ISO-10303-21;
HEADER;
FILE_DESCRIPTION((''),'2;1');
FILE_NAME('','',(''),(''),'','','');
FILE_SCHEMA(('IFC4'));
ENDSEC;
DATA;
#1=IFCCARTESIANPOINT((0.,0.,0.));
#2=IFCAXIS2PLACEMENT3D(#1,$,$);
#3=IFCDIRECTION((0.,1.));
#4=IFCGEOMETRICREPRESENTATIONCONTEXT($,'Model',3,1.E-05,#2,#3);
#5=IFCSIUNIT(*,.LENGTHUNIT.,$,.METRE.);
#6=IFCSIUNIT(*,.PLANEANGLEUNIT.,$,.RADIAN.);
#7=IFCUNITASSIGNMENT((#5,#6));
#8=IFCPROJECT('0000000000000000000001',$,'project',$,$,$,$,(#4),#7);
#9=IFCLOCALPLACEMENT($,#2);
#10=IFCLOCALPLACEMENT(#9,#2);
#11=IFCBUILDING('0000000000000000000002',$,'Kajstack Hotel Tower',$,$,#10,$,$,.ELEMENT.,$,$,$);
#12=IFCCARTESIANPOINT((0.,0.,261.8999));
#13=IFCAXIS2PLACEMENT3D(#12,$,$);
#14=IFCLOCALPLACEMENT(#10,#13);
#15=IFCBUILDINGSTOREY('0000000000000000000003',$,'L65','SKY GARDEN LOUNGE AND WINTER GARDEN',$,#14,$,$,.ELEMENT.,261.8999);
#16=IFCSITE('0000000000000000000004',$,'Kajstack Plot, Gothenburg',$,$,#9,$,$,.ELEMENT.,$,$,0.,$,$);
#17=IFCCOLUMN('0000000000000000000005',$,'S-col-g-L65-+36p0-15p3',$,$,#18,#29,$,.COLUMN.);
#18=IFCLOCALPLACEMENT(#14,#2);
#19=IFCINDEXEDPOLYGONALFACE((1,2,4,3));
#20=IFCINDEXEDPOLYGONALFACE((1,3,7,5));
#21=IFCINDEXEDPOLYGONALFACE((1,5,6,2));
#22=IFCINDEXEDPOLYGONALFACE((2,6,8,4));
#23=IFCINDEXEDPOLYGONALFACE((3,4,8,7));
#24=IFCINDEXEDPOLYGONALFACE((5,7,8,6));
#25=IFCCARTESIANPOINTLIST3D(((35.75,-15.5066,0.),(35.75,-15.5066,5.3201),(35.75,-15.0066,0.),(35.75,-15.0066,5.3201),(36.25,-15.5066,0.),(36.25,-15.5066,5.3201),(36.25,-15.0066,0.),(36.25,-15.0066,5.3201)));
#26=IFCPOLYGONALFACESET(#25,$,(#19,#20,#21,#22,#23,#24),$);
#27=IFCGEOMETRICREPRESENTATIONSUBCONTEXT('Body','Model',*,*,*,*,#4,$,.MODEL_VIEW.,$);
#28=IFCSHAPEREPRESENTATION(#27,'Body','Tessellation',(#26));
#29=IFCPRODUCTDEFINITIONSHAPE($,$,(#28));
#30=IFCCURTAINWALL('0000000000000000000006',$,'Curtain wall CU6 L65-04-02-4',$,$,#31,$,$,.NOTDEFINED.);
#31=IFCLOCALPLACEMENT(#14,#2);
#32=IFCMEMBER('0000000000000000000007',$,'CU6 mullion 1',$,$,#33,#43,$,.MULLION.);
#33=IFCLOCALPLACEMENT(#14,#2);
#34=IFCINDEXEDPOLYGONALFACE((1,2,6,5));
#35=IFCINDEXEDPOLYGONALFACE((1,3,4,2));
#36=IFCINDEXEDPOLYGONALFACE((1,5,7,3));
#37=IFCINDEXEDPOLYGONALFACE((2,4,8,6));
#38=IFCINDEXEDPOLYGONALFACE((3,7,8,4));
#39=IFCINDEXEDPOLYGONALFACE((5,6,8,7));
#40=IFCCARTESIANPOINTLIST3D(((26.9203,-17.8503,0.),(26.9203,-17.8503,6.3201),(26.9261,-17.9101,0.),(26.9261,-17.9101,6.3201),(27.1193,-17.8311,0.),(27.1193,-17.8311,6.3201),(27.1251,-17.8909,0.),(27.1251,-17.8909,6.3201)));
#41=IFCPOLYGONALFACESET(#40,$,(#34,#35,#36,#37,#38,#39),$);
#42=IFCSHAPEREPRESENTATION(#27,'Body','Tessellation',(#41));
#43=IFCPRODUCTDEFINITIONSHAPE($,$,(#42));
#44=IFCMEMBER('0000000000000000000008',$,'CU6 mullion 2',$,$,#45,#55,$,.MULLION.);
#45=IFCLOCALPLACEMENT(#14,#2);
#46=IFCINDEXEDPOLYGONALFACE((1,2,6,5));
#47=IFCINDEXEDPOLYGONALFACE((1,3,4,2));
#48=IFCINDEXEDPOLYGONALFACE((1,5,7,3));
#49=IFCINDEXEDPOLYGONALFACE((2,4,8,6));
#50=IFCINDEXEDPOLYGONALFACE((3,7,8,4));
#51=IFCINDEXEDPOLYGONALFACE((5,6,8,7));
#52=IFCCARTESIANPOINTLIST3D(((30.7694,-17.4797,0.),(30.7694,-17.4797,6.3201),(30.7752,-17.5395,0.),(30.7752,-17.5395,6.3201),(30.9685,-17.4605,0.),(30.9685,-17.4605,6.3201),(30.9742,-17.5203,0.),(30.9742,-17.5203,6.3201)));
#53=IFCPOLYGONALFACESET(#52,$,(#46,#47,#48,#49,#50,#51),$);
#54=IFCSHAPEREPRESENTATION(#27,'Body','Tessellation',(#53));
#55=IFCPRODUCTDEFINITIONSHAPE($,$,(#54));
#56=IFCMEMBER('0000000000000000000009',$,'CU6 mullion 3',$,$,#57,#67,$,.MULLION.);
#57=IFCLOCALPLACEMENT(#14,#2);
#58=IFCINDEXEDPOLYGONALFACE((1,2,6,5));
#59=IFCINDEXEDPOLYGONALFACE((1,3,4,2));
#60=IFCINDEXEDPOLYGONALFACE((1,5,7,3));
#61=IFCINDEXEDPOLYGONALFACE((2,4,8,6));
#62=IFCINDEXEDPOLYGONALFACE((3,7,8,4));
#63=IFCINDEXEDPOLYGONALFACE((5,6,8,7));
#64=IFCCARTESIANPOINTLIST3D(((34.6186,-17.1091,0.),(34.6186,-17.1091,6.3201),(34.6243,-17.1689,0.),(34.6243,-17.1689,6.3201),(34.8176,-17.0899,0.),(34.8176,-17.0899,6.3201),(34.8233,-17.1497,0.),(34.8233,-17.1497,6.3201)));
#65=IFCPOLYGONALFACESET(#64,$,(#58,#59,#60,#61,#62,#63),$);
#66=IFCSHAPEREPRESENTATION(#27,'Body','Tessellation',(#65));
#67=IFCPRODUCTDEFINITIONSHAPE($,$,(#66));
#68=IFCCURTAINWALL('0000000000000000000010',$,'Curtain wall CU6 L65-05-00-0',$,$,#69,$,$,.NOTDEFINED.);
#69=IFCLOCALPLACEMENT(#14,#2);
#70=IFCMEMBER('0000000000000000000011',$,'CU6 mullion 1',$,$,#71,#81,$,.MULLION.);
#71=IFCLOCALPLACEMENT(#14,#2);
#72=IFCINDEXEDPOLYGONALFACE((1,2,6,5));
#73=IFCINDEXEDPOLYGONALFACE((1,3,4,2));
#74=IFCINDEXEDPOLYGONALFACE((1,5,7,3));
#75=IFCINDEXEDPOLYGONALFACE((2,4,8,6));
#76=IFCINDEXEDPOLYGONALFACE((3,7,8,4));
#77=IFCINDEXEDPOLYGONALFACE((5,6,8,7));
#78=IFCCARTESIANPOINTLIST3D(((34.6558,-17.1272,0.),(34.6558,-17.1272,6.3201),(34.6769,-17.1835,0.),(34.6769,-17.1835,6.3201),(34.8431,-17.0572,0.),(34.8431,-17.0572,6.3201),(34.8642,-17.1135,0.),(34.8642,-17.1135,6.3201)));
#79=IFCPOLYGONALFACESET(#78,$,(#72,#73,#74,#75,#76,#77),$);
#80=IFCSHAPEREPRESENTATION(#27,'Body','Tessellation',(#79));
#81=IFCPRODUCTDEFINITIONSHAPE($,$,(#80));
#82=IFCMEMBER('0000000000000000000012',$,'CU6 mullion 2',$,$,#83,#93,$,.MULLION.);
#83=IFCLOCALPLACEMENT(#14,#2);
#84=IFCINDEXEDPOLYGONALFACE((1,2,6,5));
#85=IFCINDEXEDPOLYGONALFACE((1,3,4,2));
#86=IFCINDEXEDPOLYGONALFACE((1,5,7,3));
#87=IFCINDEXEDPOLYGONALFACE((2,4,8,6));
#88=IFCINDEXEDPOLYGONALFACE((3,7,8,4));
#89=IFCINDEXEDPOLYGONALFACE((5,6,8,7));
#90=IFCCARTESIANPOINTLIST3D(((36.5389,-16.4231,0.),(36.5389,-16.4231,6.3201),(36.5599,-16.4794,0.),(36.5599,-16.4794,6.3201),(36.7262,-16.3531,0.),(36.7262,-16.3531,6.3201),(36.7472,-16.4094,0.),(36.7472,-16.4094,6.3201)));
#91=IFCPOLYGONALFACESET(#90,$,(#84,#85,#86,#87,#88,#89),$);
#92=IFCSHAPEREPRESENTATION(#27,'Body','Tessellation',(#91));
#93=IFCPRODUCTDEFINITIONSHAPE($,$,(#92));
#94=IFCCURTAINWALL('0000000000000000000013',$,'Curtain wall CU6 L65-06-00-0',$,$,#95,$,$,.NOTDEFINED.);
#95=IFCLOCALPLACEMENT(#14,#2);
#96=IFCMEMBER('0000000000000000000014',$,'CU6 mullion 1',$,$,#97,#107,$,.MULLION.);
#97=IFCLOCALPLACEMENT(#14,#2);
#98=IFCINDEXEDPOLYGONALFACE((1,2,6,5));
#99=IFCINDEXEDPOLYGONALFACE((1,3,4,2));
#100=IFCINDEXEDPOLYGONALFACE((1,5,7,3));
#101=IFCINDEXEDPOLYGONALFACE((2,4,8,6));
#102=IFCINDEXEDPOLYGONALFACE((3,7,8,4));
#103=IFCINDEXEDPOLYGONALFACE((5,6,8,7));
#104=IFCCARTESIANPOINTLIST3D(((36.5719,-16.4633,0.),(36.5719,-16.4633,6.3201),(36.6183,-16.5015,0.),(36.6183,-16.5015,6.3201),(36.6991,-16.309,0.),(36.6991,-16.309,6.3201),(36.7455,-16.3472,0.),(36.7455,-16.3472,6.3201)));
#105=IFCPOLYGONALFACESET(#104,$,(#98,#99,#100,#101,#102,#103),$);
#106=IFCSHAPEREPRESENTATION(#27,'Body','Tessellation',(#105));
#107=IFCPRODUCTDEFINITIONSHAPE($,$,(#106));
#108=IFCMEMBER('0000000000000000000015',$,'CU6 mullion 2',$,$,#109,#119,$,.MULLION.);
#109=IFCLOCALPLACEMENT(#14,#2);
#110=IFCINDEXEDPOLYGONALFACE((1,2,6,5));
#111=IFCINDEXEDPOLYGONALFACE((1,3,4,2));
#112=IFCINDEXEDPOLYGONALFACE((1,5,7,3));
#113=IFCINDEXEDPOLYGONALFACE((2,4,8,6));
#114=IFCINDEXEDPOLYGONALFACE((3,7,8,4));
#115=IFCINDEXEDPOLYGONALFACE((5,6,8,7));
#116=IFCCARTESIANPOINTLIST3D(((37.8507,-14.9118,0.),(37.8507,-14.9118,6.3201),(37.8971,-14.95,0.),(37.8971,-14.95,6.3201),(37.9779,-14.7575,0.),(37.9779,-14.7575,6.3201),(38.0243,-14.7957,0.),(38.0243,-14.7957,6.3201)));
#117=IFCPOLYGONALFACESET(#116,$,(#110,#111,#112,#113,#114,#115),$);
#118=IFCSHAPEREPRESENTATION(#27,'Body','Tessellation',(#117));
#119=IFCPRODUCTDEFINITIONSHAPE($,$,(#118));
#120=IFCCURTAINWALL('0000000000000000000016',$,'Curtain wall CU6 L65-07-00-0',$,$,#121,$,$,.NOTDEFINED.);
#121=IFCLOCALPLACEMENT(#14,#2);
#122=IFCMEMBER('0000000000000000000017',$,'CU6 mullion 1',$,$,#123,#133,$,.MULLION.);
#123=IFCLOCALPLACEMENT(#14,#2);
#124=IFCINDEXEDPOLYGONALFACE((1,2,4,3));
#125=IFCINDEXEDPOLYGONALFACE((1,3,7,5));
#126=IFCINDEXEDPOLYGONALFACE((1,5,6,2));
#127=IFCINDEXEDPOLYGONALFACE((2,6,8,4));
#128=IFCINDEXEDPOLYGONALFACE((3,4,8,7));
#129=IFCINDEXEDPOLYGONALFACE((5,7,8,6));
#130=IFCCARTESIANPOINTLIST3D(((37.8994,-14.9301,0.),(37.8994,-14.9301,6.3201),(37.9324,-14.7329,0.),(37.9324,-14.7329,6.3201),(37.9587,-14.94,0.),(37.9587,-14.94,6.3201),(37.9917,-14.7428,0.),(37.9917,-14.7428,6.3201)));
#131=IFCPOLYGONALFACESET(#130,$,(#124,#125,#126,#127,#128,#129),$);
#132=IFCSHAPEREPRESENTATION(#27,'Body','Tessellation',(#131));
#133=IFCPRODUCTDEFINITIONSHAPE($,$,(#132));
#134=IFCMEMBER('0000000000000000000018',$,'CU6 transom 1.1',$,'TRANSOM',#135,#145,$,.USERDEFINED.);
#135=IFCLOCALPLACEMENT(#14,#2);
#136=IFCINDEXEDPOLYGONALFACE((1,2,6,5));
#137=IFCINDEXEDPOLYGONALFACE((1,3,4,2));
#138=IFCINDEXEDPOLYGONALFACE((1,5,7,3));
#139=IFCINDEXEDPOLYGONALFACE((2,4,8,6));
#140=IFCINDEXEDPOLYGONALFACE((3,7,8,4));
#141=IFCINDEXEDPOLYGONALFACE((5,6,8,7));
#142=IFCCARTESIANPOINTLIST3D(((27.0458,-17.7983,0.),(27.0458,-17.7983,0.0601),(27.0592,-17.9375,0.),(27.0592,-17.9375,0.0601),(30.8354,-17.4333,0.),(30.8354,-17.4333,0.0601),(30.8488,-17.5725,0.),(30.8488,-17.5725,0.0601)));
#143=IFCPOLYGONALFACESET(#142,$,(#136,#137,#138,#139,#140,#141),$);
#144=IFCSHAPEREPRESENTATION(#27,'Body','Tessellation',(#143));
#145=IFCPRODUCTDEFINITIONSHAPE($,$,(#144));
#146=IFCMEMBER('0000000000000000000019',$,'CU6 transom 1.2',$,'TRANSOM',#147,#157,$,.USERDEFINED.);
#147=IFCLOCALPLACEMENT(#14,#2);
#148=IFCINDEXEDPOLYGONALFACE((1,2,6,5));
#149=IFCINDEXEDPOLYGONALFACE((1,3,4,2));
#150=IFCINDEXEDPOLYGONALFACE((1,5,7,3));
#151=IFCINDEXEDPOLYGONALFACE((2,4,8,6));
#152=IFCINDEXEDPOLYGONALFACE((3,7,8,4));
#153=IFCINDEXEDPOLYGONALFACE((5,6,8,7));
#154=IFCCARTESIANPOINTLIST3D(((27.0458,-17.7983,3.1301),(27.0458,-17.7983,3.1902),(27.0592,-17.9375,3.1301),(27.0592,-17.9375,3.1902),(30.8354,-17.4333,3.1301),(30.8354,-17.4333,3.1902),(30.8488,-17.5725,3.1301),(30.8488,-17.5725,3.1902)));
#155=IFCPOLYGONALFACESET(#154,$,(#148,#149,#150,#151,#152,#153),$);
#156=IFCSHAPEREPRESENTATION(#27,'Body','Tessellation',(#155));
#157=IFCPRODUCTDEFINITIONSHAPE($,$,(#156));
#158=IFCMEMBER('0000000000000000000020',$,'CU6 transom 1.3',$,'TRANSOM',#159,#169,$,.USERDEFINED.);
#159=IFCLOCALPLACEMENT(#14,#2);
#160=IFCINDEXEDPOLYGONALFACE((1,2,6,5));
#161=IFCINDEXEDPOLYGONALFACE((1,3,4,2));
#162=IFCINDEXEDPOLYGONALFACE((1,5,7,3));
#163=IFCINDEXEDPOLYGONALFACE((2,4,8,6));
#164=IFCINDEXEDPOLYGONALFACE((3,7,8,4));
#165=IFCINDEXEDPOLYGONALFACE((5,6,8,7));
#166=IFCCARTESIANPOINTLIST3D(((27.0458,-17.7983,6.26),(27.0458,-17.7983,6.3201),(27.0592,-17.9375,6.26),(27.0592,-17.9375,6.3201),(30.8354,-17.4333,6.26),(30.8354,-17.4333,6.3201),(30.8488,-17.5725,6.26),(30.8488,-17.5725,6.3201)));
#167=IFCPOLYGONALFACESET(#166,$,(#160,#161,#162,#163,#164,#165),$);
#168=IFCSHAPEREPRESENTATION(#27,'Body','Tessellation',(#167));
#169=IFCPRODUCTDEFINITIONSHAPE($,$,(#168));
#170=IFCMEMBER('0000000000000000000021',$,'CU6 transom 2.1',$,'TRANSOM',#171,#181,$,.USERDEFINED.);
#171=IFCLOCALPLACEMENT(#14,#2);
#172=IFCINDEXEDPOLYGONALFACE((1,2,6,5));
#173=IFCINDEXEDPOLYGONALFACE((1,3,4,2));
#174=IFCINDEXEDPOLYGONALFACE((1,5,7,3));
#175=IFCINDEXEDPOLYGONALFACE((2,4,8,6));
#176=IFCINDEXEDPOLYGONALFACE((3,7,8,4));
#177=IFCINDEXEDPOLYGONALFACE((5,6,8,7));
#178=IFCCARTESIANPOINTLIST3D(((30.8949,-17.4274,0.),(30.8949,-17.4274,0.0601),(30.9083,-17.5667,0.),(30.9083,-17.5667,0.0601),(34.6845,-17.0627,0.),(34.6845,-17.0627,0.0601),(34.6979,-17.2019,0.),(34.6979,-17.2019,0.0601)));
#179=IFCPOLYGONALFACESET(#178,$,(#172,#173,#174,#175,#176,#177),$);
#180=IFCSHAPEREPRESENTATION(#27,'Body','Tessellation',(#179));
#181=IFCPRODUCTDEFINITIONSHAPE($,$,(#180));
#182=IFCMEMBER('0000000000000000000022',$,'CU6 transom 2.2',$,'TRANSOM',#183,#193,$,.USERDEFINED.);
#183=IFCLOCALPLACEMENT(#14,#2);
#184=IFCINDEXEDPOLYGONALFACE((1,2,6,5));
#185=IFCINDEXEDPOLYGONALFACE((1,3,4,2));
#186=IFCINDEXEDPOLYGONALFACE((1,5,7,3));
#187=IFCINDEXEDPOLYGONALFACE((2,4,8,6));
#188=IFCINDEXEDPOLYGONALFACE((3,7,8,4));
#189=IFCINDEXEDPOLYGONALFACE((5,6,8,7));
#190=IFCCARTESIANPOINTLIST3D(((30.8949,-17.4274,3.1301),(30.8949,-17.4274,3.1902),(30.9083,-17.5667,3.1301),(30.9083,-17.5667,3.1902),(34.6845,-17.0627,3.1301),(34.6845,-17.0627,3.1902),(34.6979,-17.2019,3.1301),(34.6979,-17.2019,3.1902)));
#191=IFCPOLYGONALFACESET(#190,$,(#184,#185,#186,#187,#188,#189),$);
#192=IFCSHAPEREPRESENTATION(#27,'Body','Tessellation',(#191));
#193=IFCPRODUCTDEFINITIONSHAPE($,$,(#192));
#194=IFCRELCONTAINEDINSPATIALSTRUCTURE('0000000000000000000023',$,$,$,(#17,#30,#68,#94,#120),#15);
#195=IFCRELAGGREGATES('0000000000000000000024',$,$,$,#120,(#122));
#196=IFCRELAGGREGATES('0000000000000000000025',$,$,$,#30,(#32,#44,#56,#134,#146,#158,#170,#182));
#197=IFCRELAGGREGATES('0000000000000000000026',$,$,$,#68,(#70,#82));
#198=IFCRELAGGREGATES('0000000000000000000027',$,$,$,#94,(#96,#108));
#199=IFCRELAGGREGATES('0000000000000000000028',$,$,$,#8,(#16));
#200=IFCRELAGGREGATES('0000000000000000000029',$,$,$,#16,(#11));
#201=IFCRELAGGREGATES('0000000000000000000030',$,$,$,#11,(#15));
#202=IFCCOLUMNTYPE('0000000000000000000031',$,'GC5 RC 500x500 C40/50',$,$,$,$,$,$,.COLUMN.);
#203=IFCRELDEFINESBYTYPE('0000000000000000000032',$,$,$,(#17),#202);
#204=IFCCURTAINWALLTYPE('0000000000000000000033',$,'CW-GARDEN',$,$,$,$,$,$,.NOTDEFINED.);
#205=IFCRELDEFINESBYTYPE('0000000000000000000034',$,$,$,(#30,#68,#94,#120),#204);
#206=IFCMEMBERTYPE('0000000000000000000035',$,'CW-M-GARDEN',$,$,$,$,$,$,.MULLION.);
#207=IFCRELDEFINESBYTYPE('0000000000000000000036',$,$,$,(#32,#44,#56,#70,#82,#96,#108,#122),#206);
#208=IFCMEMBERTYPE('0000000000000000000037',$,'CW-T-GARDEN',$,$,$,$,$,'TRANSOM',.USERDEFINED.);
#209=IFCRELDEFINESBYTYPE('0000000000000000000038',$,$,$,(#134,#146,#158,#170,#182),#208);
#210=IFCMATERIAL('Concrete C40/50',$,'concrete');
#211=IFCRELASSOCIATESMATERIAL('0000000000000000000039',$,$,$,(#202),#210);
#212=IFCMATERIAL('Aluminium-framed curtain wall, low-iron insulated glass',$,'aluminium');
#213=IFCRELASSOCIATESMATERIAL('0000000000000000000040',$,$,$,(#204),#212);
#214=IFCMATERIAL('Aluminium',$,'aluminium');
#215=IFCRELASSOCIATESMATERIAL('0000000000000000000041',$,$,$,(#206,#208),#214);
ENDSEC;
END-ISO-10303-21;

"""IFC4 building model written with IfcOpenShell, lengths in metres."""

from ifc_helpers import new_model, si_unit, direction, frame, origin, origin_2d, place, context, subcontext, project, spatial, rectangle, extrude, material, material_profile, profile_set, type_object, element, aggregate, save


model = new_model("IFC4")

# Units and contexts
model_context = context("Model", 3, precision=1e-05, world=origin(), true_north=direction((0.0, 1.0)))
body_context = subcontext(model_context, "Body", "Model", "MODEL_VIEW")
ifc_project = project(units=[si_unit("LENGTHUNIT", "METRE"), si_unit("PLANEANGLEUNIT", "RADIAN")], contexts=[model_context])

# Site, building, storey
site_placement = place(None, origin())
site = spatial("IfcSite", under=ifc_project, at=site_placement, Name="Kajstack Plot, Gothenburg", CompositionType="ELEMENT", RefElevation=0.0)
building_placement = place(site_placement, origin())
building = spatial("IfcBuilding", under=site, at=building_placement, Name="Kajstack Hotel Tower", CompositionType="ELEMENT")
storey_placement = place(building_placement, frame((0.0, 0.0, 261.8999)))
storey = spatial("IfcBuildingStorey", under=building, at=storey_placement, Name="L65", Description="SKY GARDEN LOUNGE AND WINTER GARDEN", CompositionType="ELEMENT", Elevation=261.8999)

# Column
ifc_material_1 = material(Name="Concrete C40/50", Category="concrete")
ifc_material_profile_1 = material_profile(ifc_material_1, rectangle(XDim=0.5, YDim=0.5, at=origin_2d()), Name="RC 500x500")
ifc_profile_set_1 = profile_set([ifc_material_profile_1], Name="Concrete C40/50")
column_type = type_object("IfcColumnType", Name="GC5 RC 500x500 C40/50", PredefinedType="COLUMN", material=ifc_profile_set_1)
column_placement = place(storey_placement, frame((36.0, -15.2566, 0.0), z_axis=(0.0, 0.0, 1.0), x_axis=(1.0, 0.0, 0.0)))
element("IfcColumn", 1, at=column_placement, inside=storey, type_object=column_type, Name="S-col-g-L65-+36p0-15p3", PredefinedType="COLUMN", context=body_context, shape_type="SweptSolid", body=[
    extrude(rectangle(XDim=0.5, YDim=0.5, at=origin_2d()), origin(), (0.0, 0.0, 1.0), 5.3201),
])

# Curtain walls, members
ifc_material_2 = material(Name="Aluminium-framed curtain wall, low-iron insulated glass", Category="aluminium")
curtain_wall_type = type_object("IfcCurtainWallType", Name="CW-GARDEN", PredefinedType="NOTDEFINED", material=ifc_material_2)
curtain_wall_1_placement = place(storey_placement, origin())
curtain_wall_1 = element("IfcCurtainWall", 2, at=curtain_wall_1_placement, inside=storey, type_object=curtain_wall_type, Name="Curtain wall CU6 L65-04-02-4", PredefinedType="NOTDEFINED")
ifc_material_3 = material(Name="Aluminium", Category="aluminium")
ifc_material_profile_2 = material_profile(ifc_material_3, rectangle(XDim=0.0601, YDim=0.2, at=origin_2d()), Name="Aluminium mullion 60 x 200")
ifc_profile_set_2 = profile_set([ifc_material_profile_2], Name="Aluminium")
member_type_1 = type_object("IfcMemberType", Name="CW-M-GARDEN", PredefinedType="MULLION", material=ifc_profile_set_2)
member_1_placement = place(storey_placement, frame((27.0227, -17.8706, 0.0), z_axis=(0.0, 0.0, 1.0), x_axis=(-0.095846, 0.995396, 0.0)))
member_1 = element("IfcMember", 3, at=member_1_placement, type_object=member_type_1, Name="CU6 mullion 1", PredefinedType="MULLION", context=body_context, shape_type="SweptSolid", body=[
    extrude(rectangle(XDim=0.0601, YDim=0.2, at=origin_2d()), origin(), (0.0, 0.0, 1.0), 6.3201),
])
member_2_placement = place(storey_placement, frame((30.8718, -17.5, 0.0), z_axis=(0.0, 0.0, 1.0), x_axis=(-0.095846, 0.995396, 0.0)))
member_2 = element("IfcMember", 4, at=member_2_placement, type_object=member_type_1, Name="CU6 mullion 2", PredefinedType="MULLION", context=body_context, shape_type="SweptSolid", body=[
    extrude(rectangle(XDim=0.0601, YDim=0.2, at=origin_2d()), origin(), (0.0, 0.0, 1.0), 6.3201),
])
member_3_placement = place(storey_placement, frame((34.7209, -17.1294, 0.0), z_axis=(0.0, 0.0, 1.0), x_axis=(-0.095846, 0.995396, 0.0)))
member_3 = element("IfcMember", 5, at=member_3_placement, type_object=member_type_1, Name="CU6 mullion 3", PredefinedType="MULLION", context=body_context, shape_type="SweptSolid", body=[
    extrude(rectangle(XDim=0.0601, YDim=0.2, at=origin_2d()), origin(), (0.0, 0.0, 1.0), 6.3201),
])
curtain_wall_2_placement = place(storey_placement, origin())
curtain_wall_2 = element("IfcCurtainWall", 6, at=curtain_wall_2_placement, inside=storey, type_object=curtain_wall_type, Name="Curtain wall CU6 L65-05-00-0", PredefinedType="NOTDEFINED")
member_4_placement = place(storey_placement, frame((34.76, -17.1204, 0.0), z_axis=(0.0, 0.0, 1.0), x_axis=(-0.350202, 0.936674, 0.0)))
member_4 = element("IfcMember", 7, at=member_4_placement, type_object=member_type_1, Name="CU6 mullion 1", PredefinedType="MULLION", context=body_context, shape_type="SweptSolid", body=[
    extrude(rectangle(XDim=0.0601, YDim=0.2, at=origin_2d()), origin(), (0.0, 0.0, 1.0), 6.3201),
])
member_5_placement = place(storey_placement, frame((36.6431, -16.4163, 0.0), z_axis=(0.0, 0.0, 1.0), x_axis=(-0.350202, 0.936674, 0.0)))
member_5 = element("IfcMember", 8, at=member_5_placement, type_object=member_type_1, Name="CU6 mullion 2", PredefinedType="MULLION", context=body_context, shape_type="SweptSolid", body=[
    extrude(rectangle(XDim=0.0601, YDim=0.2, at=origin_2d()), origin(), (0.0, 0.0, 1.0), 6.3201),
])
curtain_wall_3_placement = place(storey_placement, origin())
curtain_wall_3 = element("IfcCurtainWall", 9, at=curtain_wall_3_placement, inside=storey, type_object=curtain_wall_type, Name="Curtain wall CU6 L65-06-00-0", PredefinedType="NOTDEFINED")
member_6_placement = place(storey_placement, frame((36.6587, -16.4053, 0.0), z_axis=(0.0, 0.0, 1.0), x_axis=(-0.771635, 0.636066, 0.0)))
member_6 = element("IfcMember", 10, at=member_6_placement, type_object=member_type_1, Name="CU6 mullion 1", PredefinedType="MULLION", context=body_context, shape_type="SweptSolid", body=[
    extrude(rectangle(XDim=0.0601, YDim=0.2, at=origin_2d()), origin(), (0.0, 0.0, 1.0), 6.3201),
])
member_7_placement = place(storey_placement, frame((37.9375, -14.8538, 0.0), z_axis=(0.0, 0.0, 1.0), x_axis=(-0.771635, 0.636066, 0.0)))
member_7 = element("IfcMember", 11, at=member_7_placement, type_object=member_type_1, Name="CU6 mullion 2", PredefinedType="MULLION", context=body_context, shape_type="SweptSolid", body=[
    extrude(rectangle(XDim=0.0601, YDim=0.2, at=origin_2d()), origin(), (0.0, 0.0, 1.0), 6.3201),
])

# Curtain wall, member
curtain_wall_4_placement = place(storey_placement, origin())
curtain_wall_4 = element("IfcCurtainWall", 12, at=curtain_wall_4_placement, inside=storey, type_object=curtain_wall_type, Name="Curtain wall CU6 L65-07-00-0", PredefinedType="NOTDEFINED")
member_8_placement = place(storey_placement, frame((37.9456, -14.8364, 0.0), z_axis=(0.0, 0.0, 1.0), x_axis=(-0.98628, 0.16508, 0.0)))
member_8 = element("IfcMember", 13, at=member_8_placement, type_object=member_type_1, Name="CU6 mullion 1", PredefinedType="MULLION", context=body_context, shape_type="SweptSolid", body=[
    extrude(rectangle(XDim=0.0601, YDim=0.2, at=origin_2d()), origin(), (0.0, 0.0, 1.0), 6.3201),
])

# Members
ifc_material_profile_3 = material_profile(ifc_material_3, rectangle(XDim=0.1399, YDim=0.0601, at=origin_2d()), Name="Aluminium transom 140 x 60")
ifc_profile_set_3 = profile_set([ifc_material_profile_3], Name="Aluminium")
member_type_2 = type_object("IfcMemberType", Name="CW-T-GARDEN", ElementType="TRANSOM", PredefinedType="USERDEFINED", material=ifc_profile_set_3)
member_9_placement = place(storey_placement, frame((27.0525, -17.8679, 0.03), z_axis=(0.995394, 0.095871, 0.0), x_axis=(-0.095871, 0.995394, 0.0)))
member_9 = element("IfcMember", 14, at=member_9_placement, type_object=member_type_2, Name="CU6 transom 1.1", ObjectType="TRANSOM", PredefinedType="USERDEFINED", context=body_context, shape_type="SweptSolid", body=[
    extrude(rectangle(XDim=0.1399, YDim=0.0601, at=origin_2d()), origin(), (0.0, 0.0, 1.0), 3.8071),
])
member_10_placement = place(storey_placement, frame((27.0525, -17.8679, 3.1602), z_axis=(0.995394, 0.095871, 0.0), x_axis=(-0.095871, 0.995394, 0.0)))
member_10 = element("IfcMember", 15, at=member_10_placement, type_object=member_type_2, Name="CU6 transom 1.2", ObjectType="TRANSOM", PredefinedType="USERDEFINED", context=body_context, shape_type="SweptSolid", body=[
    extrude(rectangle(XDim=0.1399, YDim=0.0601, at=origin_2d()), origin(), (0.0, 0.0, 1.0), 3.8071),
])
member_11_placement = place(storey_placement, frame((27.0525, -17.8679, 6.29), z_axis=(0.995394, 0.095871, 0.0), x_axis=(-0.095871, 0.995394, 0.0)))
member_11 = element("IfcMember", 16, at=member_11_placement, type_object=member_type_2, Name="CU6 transom 1.3", ObjectType="TRANSOM", PredefinedType="USERDEFINED", context=body_context, shape_type="SweptSolid", body=[
    extrude(rectangle(XDim=0.1399, YDim=0.0601, at=origin_2d()), origin(), (0.0, 0.0, 1.0), 3.8071),
])
member_12_placement = place(storey_placement, frame((30.9016, -17.4971, 0.03), z_axis=(0.9954, 0.095808, 0.0), x_axis=(-0.095808, 0.9954, 0.0)))
member_12 = element("IfcMember", 17, at=member_12_placement, type_object=member_type_2, Name="CU6 transom 2.1", ObjectType="TRANSOM", PredefinedType="USERDEFINED", context=body_context, shape_type="SweptSolid", body=[
    extrude(rectangle(XDim=0.1399, YDim=0.0601, at=origin_2d()), origin(), (0.0, 0.0, 1.0), 3.8071),
])
member_13_placement = place(storey_placement, frame((30.9016, -17.4971, 3.1602), z_axis=(0.9954, 0.095808, 0.0), x_axis=(-0.095808, 0.9954, 0.0)))
member_13 = element("IfcMember", 18, at=member_13_placement, type_object=member_type_2, Name="CU6 transom 2.2", ObjectType="TRANSOM", PredefinedType="USERDEFINED", context=body_context, shape_type="SweptSolid", body=[
    extrude(rectangle(XDim=0.1399, YDim=0.0601, at=origin_2d()), origin(), (0.0, 0.0, 1.0), 3.8071),
])
aggregate(curtain_wall_4, [member_8])

aggregate(curtain_wall_1, [member_1, member_2, member_3, member_9, member_10, member_11, member_12, member_13])
aggregate(curtain_wall_2, [member_4, member_5])
aggregate(curtain_wall_3, [member_6, member_7])

save(model, "model.ifc")
